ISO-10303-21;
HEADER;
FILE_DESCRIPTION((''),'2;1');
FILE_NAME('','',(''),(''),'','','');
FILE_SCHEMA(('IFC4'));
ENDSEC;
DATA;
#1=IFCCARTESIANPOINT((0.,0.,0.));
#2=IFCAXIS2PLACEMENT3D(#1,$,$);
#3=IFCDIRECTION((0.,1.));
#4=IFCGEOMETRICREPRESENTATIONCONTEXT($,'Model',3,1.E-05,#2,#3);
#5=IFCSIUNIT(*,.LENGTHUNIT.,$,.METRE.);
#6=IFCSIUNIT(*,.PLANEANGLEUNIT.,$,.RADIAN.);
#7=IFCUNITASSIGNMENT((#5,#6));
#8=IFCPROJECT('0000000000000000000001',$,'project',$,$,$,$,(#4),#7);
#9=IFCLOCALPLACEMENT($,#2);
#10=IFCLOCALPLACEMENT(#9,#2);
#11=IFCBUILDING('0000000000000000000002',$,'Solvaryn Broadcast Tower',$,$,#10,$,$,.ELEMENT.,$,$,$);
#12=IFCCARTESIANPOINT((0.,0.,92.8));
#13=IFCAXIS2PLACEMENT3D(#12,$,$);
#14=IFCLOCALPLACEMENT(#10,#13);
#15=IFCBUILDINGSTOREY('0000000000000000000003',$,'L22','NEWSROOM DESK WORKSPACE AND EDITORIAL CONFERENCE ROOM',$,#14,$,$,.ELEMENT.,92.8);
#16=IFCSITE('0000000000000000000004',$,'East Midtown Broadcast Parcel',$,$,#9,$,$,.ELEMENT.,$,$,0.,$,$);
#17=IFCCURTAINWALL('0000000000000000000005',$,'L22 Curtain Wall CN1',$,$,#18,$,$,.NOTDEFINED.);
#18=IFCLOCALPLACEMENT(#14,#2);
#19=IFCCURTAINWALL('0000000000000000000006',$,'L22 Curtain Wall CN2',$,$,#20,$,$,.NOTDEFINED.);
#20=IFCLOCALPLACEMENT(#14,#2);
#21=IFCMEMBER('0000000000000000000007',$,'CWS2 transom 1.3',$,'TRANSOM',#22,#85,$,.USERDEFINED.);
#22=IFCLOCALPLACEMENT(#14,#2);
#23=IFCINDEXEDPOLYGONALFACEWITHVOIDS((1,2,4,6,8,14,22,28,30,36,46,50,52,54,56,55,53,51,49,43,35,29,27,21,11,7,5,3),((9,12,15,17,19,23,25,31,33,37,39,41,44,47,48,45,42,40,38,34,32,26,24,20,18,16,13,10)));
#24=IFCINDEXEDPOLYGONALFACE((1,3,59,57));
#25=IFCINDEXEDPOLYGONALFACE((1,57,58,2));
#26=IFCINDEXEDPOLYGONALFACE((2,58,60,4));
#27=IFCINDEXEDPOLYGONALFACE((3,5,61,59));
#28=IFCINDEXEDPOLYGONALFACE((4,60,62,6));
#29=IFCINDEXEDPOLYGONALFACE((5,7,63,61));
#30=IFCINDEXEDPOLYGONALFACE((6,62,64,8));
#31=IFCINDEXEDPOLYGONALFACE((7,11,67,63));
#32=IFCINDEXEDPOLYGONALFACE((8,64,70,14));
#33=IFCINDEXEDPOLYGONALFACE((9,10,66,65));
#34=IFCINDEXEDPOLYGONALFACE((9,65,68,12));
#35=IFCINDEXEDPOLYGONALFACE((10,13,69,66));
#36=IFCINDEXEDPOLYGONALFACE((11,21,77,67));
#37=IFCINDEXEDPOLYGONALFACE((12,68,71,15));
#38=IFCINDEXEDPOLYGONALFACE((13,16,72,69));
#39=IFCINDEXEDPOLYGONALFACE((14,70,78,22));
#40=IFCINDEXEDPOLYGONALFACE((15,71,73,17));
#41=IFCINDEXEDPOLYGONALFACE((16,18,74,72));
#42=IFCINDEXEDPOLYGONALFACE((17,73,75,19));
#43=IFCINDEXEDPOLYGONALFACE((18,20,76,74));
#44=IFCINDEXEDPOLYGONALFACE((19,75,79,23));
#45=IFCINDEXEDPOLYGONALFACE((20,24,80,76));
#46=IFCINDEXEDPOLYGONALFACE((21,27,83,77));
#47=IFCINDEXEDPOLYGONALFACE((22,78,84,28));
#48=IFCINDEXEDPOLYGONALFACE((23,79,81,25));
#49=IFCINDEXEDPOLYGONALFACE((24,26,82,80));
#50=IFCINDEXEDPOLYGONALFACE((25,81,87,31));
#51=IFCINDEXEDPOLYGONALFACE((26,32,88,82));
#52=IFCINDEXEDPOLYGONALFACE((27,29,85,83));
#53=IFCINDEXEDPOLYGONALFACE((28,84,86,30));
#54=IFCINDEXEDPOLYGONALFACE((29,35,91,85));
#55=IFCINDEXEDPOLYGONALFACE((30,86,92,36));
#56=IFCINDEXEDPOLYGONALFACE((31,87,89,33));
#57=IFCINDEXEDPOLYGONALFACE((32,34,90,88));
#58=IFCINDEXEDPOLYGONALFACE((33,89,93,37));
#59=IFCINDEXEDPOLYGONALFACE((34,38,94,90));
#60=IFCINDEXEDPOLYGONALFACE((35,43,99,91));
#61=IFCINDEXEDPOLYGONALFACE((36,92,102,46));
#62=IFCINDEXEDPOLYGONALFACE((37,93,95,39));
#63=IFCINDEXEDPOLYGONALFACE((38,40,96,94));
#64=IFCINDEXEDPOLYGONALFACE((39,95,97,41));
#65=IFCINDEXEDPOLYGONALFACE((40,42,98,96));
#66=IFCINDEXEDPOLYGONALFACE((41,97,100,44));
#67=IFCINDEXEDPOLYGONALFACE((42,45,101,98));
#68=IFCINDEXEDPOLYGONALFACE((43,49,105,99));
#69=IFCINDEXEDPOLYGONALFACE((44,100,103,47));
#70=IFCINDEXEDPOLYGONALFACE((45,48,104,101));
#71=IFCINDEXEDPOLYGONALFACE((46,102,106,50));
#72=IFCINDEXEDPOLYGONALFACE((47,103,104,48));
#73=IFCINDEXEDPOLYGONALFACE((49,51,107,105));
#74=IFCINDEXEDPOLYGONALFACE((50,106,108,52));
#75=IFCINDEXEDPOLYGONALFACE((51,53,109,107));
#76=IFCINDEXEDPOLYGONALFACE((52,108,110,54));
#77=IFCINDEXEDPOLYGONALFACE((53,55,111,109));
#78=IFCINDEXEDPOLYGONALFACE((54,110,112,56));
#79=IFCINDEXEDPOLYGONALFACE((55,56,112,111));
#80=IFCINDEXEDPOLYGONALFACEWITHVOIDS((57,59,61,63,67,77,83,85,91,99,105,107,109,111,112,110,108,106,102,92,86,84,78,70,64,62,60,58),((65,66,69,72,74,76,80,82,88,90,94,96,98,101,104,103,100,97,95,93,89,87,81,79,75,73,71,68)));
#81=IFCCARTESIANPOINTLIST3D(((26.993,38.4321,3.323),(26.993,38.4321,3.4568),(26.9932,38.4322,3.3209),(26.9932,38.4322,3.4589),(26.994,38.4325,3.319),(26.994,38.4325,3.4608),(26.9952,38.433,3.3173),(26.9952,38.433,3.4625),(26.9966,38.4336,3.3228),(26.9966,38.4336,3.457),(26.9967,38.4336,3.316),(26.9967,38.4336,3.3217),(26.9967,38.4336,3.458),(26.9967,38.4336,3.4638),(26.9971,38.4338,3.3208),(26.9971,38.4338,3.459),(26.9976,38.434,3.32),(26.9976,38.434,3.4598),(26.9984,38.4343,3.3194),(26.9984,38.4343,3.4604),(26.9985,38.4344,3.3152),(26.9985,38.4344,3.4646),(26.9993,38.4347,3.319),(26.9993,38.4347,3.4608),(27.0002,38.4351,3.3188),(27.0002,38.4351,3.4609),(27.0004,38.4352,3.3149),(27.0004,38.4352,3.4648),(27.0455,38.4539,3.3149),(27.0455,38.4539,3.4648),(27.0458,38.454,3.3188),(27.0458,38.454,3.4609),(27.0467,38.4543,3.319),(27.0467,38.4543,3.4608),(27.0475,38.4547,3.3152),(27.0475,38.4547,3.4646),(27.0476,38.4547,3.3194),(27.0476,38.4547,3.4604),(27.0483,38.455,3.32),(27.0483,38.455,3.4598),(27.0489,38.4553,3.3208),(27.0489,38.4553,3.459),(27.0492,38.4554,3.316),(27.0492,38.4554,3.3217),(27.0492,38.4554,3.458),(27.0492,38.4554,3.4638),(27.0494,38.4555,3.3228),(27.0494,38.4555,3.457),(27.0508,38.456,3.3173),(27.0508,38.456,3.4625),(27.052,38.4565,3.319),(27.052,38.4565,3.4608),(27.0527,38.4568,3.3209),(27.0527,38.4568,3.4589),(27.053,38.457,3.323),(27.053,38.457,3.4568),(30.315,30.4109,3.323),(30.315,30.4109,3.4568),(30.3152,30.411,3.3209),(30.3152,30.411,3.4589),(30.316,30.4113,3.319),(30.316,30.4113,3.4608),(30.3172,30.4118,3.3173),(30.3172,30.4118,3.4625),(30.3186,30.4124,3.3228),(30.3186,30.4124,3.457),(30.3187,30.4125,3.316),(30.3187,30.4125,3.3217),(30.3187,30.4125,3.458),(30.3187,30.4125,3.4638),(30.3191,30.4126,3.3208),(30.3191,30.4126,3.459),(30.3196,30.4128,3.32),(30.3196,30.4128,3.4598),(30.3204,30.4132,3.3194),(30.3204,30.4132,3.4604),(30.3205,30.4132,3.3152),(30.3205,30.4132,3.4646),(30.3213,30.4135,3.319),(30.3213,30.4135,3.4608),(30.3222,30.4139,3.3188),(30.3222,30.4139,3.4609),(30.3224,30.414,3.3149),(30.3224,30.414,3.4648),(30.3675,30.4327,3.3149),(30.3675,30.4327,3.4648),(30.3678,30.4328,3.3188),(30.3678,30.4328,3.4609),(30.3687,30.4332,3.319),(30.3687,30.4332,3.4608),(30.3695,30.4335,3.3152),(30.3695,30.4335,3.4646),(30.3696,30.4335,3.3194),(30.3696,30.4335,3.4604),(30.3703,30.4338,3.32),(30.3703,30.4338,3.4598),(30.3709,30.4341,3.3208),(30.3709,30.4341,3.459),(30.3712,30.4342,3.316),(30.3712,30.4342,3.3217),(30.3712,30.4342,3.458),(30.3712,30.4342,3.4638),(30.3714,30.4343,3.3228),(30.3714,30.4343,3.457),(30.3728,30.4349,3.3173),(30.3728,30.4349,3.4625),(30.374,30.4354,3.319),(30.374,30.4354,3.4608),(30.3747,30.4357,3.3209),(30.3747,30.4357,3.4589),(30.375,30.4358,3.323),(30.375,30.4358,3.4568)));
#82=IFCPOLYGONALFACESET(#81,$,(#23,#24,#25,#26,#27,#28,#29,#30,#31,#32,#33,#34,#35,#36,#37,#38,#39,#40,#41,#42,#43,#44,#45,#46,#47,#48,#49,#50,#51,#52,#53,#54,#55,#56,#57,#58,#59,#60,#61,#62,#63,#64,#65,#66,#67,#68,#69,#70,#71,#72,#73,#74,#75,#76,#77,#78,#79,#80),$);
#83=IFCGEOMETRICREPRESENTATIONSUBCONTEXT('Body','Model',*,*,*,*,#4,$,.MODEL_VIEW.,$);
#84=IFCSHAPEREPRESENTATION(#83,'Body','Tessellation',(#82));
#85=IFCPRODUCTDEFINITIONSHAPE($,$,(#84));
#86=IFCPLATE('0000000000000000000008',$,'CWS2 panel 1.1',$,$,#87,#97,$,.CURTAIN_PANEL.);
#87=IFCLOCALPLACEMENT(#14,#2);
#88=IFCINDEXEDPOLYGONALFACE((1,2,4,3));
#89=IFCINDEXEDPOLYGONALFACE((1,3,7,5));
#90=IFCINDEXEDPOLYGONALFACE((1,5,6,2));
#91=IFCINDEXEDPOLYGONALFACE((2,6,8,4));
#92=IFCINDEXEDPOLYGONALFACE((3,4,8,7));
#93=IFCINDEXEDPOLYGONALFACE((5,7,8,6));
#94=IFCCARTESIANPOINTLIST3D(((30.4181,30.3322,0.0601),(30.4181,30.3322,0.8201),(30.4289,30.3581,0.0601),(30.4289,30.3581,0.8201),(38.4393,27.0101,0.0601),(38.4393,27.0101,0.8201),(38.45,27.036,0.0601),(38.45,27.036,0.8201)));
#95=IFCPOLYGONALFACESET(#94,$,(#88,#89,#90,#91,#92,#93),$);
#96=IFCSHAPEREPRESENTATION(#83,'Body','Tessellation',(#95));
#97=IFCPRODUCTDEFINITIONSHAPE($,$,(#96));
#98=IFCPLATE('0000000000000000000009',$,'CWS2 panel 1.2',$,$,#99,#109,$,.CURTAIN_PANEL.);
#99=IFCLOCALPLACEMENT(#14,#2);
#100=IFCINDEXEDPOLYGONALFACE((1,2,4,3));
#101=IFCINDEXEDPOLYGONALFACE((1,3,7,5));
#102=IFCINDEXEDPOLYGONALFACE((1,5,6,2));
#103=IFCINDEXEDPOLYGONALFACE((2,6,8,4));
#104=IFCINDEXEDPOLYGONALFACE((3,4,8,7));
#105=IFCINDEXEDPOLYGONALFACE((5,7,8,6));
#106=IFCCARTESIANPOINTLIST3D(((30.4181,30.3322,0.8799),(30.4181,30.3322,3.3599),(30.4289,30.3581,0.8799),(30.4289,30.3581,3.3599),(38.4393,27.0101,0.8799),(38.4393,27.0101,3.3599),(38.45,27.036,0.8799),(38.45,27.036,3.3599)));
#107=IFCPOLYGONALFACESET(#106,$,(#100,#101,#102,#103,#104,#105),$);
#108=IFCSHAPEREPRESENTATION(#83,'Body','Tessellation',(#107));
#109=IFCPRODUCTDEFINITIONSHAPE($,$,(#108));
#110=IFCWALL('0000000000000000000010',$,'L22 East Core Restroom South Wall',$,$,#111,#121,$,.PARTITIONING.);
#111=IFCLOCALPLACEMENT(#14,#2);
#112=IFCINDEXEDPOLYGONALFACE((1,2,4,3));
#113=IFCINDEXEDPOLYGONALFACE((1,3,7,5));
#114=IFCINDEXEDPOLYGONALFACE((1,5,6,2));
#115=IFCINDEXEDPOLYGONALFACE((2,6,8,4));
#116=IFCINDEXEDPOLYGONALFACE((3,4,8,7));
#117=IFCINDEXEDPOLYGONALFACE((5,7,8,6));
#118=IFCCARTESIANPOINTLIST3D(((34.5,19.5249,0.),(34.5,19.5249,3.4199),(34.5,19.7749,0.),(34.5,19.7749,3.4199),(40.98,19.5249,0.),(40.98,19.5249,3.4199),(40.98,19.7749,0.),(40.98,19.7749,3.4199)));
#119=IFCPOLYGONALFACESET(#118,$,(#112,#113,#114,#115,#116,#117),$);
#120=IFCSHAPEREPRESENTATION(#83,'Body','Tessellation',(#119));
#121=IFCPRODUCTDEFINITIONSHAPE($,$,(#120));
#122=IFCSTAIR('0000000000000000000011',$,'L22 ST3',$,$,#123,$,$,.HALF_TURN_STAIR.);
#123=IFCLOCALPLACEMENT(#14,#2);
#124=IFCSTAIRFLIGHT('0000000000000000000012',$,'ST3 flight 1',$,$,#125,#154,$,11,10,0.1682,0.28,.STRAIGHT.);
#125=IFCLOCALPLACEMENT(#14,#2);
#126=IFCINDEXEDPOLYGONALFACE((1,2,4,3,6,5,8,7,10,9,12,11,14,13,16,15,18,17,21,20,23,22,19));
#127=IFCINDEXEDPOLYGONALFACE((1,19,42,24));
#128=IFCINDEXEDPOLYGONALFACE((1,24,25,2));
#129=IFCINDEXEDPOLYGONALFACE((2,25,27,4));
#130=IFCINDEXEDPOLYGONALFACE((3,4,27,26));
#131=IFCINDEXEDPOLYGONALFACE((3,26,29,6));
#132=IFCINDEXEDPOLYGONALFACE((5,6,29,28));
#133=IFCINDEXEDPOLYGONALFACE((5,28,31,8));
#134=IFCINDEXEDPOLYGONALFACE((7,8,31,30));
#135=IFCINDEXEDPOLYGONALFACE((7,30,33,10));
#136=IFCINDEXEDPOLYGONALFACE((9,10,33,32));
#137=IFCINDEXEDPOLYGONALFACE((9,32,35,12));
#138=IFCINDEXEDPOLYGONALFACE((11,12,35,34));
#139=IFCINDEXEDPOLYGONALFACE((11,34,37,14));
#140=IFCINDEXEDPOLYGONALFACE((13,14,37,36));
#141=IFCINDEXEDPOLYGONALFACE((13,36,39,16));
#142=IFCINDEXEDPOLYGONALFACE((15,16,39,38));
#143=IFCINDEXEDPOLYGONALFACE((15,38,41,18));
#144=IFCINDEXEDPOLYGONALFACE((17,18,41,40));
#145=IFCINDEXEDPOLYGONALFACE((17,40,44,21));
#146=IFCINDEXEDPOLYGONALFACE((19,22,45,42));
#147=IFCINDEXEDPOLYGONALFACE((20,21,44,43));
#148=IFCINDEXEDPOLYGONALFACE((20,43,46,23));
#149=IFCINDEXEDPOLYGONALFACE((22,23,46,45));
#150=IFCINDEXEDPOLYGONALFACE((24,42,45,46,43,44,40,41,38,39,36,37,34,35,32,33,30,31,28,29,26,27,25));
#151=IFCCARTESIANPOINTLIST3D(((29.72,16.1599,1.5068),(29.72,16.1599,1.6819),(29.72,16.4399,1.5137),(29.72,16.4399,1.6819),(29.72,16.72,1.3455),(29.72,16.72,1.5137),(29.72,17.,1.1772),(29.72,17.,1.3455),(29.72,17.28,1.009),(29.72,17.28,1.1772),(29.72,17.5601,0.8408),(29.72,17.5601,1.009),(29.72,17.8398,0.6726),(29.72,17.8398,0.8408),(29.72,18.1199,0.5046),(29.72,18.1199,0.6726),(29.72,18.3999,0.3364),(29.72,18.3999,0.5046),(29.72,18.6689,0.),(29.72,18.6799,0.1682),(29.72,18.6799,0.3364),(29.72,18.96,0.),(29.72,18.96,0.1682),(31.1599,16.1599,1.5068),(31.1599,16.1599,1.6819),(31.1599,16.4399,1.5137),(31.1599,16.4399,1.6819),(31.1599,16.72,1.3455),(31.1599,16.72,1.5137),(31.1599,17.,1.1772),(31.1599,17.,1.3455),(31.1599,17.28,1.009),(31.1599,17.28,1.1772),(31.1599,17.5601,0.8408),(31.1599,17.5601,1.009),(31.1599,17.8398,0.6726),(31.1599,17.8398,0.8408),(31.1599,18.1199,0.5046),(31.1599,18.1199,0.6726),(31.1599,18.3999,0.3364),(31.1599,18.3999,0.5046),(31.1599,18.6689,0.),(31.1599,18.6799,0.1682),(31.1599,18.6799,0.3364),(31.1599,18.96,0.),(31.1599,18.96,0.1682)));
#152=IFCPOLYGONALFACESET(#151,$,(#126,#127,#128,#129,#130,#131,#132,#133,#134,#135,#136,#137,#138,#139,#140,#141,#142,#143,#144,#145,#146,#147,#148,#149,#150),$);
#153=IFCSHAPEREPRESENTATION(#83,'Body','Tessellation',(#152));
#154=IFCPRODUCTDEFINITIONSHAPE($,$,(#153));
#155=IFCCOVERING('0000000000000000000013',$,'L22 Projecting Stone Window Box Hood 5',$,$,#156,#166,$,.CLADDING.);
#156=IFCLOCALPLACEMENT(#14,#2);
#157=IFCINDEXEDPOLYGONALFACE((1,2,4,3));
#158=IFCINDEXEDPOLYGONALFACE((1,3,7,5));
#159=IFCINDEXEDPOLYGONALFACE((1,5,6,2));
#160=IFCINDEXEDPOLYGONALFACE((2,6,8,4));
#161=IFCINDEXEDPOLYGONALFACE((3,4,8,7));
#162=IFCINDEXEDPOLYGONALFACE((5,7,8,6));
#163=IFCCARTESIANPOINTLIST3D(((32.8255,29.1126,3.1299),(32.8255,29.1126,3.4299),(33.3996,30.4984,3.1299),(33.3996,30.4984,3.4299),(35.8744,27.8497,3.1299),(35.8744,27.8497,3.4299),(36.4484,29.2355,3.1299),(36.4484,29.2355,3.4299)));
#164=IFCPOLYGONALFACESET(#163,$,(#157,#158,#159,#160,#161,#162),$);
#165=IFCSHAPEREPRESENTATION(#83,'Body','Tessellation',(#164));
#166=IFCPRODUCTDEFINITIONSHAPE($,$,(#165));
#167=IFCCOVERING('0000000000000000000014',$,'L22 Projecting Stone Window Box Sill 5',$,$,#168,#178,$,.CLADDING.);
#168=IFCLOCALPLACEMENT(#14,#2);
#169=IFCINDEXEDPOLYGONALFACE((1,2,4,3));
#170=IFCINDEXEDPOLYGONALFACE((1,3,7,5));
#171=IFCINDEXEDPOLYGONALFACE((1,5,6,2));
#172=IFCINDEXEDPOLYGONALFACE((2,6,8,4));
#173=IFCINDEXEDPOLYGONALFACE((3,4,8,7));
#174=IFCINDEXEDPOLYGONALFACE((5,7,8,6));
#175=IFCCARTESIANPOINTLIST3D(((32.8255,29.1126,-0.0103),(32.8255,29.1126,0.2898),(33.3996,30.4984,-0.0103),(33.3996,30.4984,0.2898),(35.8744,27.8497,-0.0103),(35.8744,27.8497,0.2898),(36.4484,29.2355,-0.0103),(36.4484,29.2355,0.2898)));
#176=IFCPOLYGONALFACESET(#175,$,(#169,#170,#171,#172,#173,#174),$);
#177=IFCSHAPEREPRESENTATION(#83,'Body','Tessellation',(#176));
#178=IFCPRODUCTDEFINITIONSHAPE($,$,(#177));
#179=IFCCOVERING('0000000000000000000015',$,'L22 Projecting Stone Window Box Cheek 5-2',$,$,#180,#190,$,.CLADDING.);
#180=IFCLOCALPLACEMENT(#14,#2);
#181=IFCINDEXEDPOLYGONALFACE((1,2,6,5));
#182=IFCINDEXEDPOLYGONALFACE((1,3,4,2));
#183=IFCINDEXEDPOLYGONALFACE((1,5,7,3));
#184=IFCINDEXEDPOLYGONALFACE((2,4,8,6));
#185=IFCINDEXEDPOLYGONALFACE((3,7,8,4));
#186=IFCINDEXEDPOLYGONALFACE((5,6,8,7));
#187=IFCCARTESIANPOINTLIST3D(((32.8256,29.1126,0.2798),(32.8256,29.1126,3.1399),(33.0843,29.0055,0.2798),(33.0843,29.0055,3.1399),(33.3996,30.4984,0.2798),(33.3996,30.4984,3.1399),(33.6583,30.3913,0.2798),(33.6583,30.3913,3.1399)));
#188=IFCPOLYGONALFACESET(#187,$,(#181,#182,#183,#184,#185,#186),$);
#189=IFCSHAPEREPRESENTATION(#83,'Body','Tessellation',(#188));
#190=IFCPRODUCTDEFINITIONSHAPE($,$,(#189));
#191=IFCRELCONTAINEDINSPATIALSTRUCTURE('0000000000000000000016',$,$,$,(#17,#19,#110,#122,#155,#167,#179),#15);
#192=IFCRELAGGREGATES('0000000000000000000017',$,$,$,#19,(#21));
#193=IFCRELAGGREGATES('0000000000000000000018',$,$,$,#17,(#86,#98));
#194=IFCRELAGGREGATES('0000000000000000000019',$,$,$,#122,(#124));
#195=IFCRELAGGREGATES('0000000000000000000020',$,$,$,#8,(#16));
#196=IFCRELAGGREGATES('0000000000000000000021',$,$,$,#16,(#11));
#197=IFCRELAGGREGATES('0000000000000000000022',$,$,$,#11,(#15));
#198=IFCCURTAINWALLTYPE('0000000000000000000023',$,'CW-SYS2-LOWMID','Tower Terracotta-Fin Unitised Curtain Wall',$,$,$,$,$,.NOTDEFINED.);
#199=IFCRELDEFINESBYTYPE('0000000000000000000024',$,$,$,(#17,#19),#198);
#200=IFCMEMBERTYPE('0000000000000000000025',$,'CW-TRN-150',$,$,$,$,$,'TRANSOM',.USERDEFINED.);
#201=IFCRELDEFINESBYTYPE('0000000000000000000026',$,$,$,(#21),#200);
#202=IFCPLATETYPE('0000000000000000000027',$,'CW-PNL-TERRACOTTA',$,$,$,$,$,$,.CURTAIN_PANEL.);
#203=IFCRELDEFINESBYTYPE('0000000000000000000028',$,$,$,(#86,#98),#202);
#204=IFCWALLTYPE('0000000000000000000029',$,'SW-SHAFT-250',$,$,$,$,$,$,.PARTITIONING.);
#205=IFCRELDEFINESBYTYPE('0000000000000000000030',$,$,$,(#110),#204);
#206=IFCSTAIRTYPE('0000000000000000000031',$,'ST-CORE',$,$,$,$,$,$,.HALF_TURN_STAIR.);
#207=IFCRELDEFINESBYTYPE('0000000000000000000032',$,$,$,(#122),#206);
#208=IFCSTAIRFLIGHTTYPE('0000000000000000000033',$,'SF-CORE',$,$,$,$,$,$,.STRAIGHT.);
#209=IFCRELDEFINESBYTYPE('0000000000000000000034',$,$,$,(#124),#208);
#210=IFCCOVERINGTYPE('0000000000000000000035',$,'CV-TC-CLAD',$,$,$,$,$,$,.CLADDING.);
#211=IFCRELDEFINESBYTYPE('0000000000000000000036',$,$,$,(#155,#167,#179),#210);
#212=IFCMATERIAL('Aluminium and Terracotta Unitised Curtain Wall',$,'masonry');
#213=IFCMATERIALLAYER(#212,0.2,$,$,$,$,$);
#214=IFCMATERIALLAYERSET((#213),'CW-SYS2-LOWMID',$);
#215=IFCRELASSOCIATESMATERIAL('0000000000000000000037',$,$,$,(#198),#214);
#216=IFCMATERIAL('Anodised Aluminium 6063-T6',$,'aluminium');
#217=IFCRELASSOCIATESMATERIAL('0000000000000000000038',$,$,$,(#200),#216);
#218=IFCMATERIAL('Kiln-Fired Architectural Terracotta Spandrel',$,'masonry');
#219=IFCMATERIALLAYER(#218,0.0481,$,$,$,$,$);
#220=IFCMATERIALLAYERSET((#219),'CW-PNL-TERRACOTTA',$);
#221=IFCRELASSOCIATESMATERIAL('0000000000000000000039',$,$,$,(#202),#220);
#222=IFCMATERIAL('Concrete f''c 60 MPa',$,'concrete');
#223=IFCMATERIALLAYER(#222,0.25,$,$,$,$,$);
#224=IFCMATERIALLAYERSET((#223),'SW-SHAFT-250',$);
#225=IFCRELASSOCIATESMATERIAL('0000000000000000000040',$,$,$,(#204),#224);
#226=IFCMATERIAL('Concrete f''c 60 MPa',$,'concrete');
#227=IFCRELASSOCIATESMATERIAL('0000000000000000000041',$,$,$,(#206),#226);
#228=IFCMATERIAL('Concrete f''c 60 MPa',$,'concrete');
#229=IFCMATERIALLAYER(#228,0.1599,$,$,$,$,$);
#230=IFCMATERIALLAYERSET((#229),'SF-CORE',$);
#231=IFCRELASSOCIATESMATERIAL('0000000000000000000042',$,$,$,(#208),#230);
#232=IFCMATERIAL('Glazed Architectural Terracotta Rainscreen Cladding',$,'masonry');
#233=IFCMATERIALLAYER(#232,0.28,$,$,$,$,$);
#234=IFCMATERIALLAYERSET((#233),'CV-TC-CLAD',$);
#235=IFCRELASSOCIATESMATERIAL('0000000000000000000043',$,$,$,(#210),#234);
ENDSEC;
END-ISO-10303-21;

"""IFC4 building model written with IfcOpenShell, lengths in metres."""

from ifc_helpers import new_model, si_unit, direction, frame, frame_2d, origin, origin_2d, place, context, subcontext, project, spatial, polyline, rectangle, hollow_rectangle, outline, extrude, material, layer, layer_set, material_profile, profile_set, type_object, element, aggregate, save


model = new_model("IFC4")

# Units and contexts
model_context = context("Model", 3, precision=1e-05, world=origin(), true_north=direction((0.0, 1.0)))
body_context = subcontext(model_context, "Body", "Model", "MODEL_VIEW")
ifc_project = project(units=[si_unit("LENGTHUNIT", "METRE"), si_unit("PLANEANGLEUNIT", "RADIAN")], contexts=[model_context])

# Site, building, storey
site_placement = place(None, origin())
site = spatial("IfcSite", under=ifc_project, at=site_placement, Name="East Midtown Broadcast Parcel", CompositionType="ELEMENT", RefElevation=0.0)
building_placement = place(site_placement, origin())
building = spatial("IfcBuilding", under=site, at=building_placement, Name="Solvaryn Broadcast Tower", CompositionType="ELEMENT")
storey_placement = place(building_placement, frame((0.0, 0.0, 92.8)))
storey = spatial("IfcBuildingStorey", under=building, at=storey_placement, Name="L22", Description="NEWSROOM DESK WORKSPACE AND EDITORIAL CONFERENCE ROOM", CompositionType="ELEMENT", Elevation=92.8)

# Curtain wall
ifc_material_1 = material(Name="Aluminium and Terracotta Unitised Curtain Wall", Category="masonry")
ifc_layer_1 = layer(ifc_material_1, 0.2)
ifc_layer_set_1 = layer_set([ifc_layer_1], Name="CW-SYS2-LOWMID")
curtain_wall_type = type_object("IfcCurtainWallType", Name="CW-SYS2-LOWMID", Description="Tower Terracotta-Fin Unitised Curtain Wall", PredefinedType="NOTDEFINED", material=ifc_layer_set_1)
curtain_wall_1_placement = place(storey_placement, origin())
curtain_wall_1 = element("IfcCurtainWall", 1, at=curtain_wall_1_placement, inside=storey, type_object=curtain_wall_type, Name="L22 Curtain Wall CN1", PredefinedType="NOTDEFINED")

# Curtain wall, member
curtain_wall_2_placement = place(storey_placement, origin())
curtain_wall_2 = element("IfcCurtainWall", 2, at=curtain_wall_2_placement, inside=storey, type_object=curtain_wall_type, Name="L22 Curtain Wall CN2", PredefinedType="NOTDEFINED")
ifc_material_2 = material(Name="Anodised Aluminium 6063-T6", Category="aluminium")
ifc_material_profile_1 = material_profile(ifc_material_2, hollow_rectangle(XDim=0.0649, YDim=0.1499, WallThickness=0.0039, InnerFilletRadius=0.0039, OuterFilletRadius=0.0081, at=origin_2d()))
ifc_profile_set_1 = profile_set([ifc_material_profile_1], Name="Anodised Aluminium 6063-T6")
member_type_1 = type_object("IfcMemberType", Name="CW-TRN-150", ElementType="TRANSOM", PredefinedType="USERDEFINED", material=ifc_profile_set_1)
member_1_placement = place(storey_placement, frame((30.345, 30.4233, 3.3899), z_axis=(-0.382636, 0.923899, 0.0), x_axis=(-0.923899, -0.382636, 0.0)))
member_1 = element("IfcMember", 3, at=member_1_placement, type_object=member_type_1, Name="CWS2 transom 1.3", ObjectType="TRANSOM", PredefinedType="USERDEFINED", context=body_context, shape_type="SweptSolid", body=[
    extrude(hollow_rectangle(XDim=0.0649, YDim=0.1499, WallThickness=0.0039, InnerFilletRadius=0.0039, OuterFilletRadius=0.0081, at=origin_2d()), origin(), (0.0, 0.0, 1.0), 8.6819),
])
aggregate(curtain_wall_2, [member_1])

# Plates
ifc_material_3 = material(Name="Kiln-Fired Architectural Terracotta Spandrel", Category="masonry")
ifc_layer_2 = layer(ifc_material_3, 0.0481)
ifc_layer_set_2 = layer_set([ifc_layer_2], Name="CW-PNL-TERRACOTTA")
plate_type = type_object("IfcPlateType", Name="CW-PNL-TERRACOTTA", PredefinedType="CURTAIN_PANEL", material=ifc_layer_set_2)
plate_1_placement = place(storey_placement, frame((34.4341, 28.6841, 0.0601), z_axis=(0.0, 0.0, 1.0), x_axis=(-0.923895, 0.382646, 0.0)))
plate_1 = element("IfcPlate", 4, at=plate_1_placement, type_object=plate_type, Name="CWS2 panel 1.1", PredefinedType="CURTAIN_PANEL", context=body_context, shape_type="SweptSolid", body=[
    extrude(rectangle(XDim=8.6819, YDim=0.0281, at=origin_2d()), origin(), (0.0, 0.0, 1.0), 0.76),
])
plate_2_placement = place(storey_placement, frame((34.4341, 28.6841, 0.8799), z_axis=(0.0, 0.0, 1.0), x_axis=(-0.923895, 0.382646, 0.0)))
plate_2 = element("IfcPlate", 5, at=plate_2_placement, type_object=plate_type, Name="CWS2 panel 1.2", PredefinedType="CURTAIN_PANEL", context=body_context, shape_type="SweptSolid", body=[
    extrude(rectangle(XDim=8.6819, YDim=0.0281, at=origin_2d()), origin(), (0.0, 0.0, 1.0), 2.48),
])
aggregate(curtain_wall_1, [plate_1, plate_2])

# Shared definitions
ifc_material_4 = material(Name="Concrete f'c 60 MPa", Category="concrete")
ifc_layer_3 = layer(ifc_material_4, 0.25)
ifc_layer_set_3 = layer_set([ifc_layer_3], Name="SW-SHAFT-250")
wall_type_1 = type_object("IfcWallType", Name="SW-SHAFT-250", PredefinedType="PARTITIONING", material=ifc_layer_set_3)

# Wall
wall_1_placement = place(storey_placement, frame((34.5, 19.6499, 0.0), z_axis=(0.0, 0.0, 1.0), x_axis=(1.0, 0.0, 0.0)))
element("IfcWall", 6, at=wall_1_placement, inside=storey, type_object=wall_type_1, Name="L22 East Core Restroom South Wall", PredefinedType="PARTITIONING", context=body_context, shape_type="SweptSolid", body=[
    extrude(rectangle(XDim=6.48, YDim=0.25, at=frame_2d((3.24, 0.0))), origin(), (0.0, 0.0, 1.0), 3.4199),
])

# Stair, stair flight
ifc_material_5 = material(Name="Concrete f'c 60 MPa", Category="concrete")
stair_type = type_object("IfcStairType", Name="ST-CORE", PredefinedType="HALF_TURN_STAIR", material=ifc_material_5)
stair_placement = place(storey_placement, origin())
stair = element("IfcStair", 7, at=stair_placement, inside=storey, type_object=stair_type, Name="L22 ST3", PredefinedType="HALF_TURN_STAIR")
ifc_material_6 = material(Name="Concrete f'c 60 MPa", Category="concrete")
ifc_layer_4 = layer(ifc_material_6, 0.1599)
ifc_layer_set_4 = layer_set([ifc_layer_4], Name="SF-CORE")
stair_flight_type = type_object("IfcStairFlightType", Name="SF-CORE", PredefinedType="STRAIGHT", material=ifc_layer_set_4)
stair_flight_placement = place(storey_placement, frame((30.4399, 18.96, 0.0), z_axis=(0.0, 0.0, 1.0), x_axis=(0.0, -1.0, 0.0)))
stair_flight = element("IfcStairFlight", 8, at=stair_flight_placement, type_object=stair_flight_type, Name="ST3 flight 1", NumberOfRisers=11, NumberOfTreads=10, PredefinedType="STRAIGHT", RiserHeight=0.1682, TreadLength=0.28, context=body_context, shape_type="SweptSolid", body=[
    extrude(outline(polyline([(0.0, 0.0), (0.0, 0.1682), (0.28, 0.1682), (0.28, 0.3364), (0.5601, 0.3364), (0.5601, 0.5046), (0.8401, 0.5046), (0.8401, 0.6726), (1.1201, 0.6726), (1.1201, 0.8408), (1.3999, 0.8408), (1.3999, 1.009), (1.6799, 1.009), (1.6799, 1.1772), (1.96, 1.1772), (1.96, 1.3455), (2.24, 1.3455), (2.24, 1.5137), (2.52, 1.5137), (2.52, 1.6819), (2.8, 1.6819), (2.8, 1.8501), (2.8, 1.5068), (0.291, 0.0), (0.0, 0.0)])), frame((0.0, 0.72, 0.0), z_axis=(0.0, -1.0, 0.0), x_axis=(1.0, 0.0, 0.0)), (0.0, 0.0, 1.0), 1.4399),
])
aggregate(stair, [stair_flight])

# Coverings
ifc_material_7 = material(Name="Glazed Architectural Terracotta Rainscreen Cladding", Category="masonry")
ifc_layer_5 = layer(ifc_material_7, 0.28)
ifc_layer_set_5 = layer_set([ifc_layer_5], Name="CV-TC-CLAD")
covering_type_1 = type_object("IfcCoveringType", Name="CV-TC-CLAD", PredefinedType="CLADDING", material=ifc_layer_set_5)
for number, where, z_axis, x_axis, name in (
    (9, (34.637, 29.1741, 3.1299), (0.0, 0.0, 1.0), (-0.92388, 0.382683, 0.0), "L22 Projecting Stone Window Box Hood 5"),
    (10, (34.637, 29.1741, -0.0103), (0.0, 0.0, 1.0), (-0.92388, 0.382683, 0.0), "L22 Projecting Stone Window Box Sill 5"),
):
    element("IfcCovering", number, at=place(storey_placement, frame(where, z_axis=z_axis, x_axis=x_axis)), inside=storey, type_object=covering_type_1, Name=name, PredefinedType="CLADDING", context=body_context, shape_type="SweptSolid", body=[
        extrude(rectangle(XDim=3.3, YDim=1.5, at=origin_2d()), origin(), (0.0, 0.0, 1.0), 0.3),
    ])
covering_1_placement = place(storey_placement, frame((33.2419, 29.752, 0.2798), z_axis=(0.0, 0.0, 1.0), x_axis=(-0.92388, 0.382683, 0.0)))
element("IfcCovering", 11, at=covering_1_placement, inside=storey, type_object=covering_type_1, Name="L22 Projecting Stone Window Box Cheek 5-2", PredefinedType="CLADDING", context=body_context, shape_type="SweptSolid", body=[
    extrude(rectangle(XDim=0.28, YDim=1.5, at=origin_2d()), origin(), (0.0, 0.0, 1.0), 2.8601),
])

save(model, "model.ifc")
